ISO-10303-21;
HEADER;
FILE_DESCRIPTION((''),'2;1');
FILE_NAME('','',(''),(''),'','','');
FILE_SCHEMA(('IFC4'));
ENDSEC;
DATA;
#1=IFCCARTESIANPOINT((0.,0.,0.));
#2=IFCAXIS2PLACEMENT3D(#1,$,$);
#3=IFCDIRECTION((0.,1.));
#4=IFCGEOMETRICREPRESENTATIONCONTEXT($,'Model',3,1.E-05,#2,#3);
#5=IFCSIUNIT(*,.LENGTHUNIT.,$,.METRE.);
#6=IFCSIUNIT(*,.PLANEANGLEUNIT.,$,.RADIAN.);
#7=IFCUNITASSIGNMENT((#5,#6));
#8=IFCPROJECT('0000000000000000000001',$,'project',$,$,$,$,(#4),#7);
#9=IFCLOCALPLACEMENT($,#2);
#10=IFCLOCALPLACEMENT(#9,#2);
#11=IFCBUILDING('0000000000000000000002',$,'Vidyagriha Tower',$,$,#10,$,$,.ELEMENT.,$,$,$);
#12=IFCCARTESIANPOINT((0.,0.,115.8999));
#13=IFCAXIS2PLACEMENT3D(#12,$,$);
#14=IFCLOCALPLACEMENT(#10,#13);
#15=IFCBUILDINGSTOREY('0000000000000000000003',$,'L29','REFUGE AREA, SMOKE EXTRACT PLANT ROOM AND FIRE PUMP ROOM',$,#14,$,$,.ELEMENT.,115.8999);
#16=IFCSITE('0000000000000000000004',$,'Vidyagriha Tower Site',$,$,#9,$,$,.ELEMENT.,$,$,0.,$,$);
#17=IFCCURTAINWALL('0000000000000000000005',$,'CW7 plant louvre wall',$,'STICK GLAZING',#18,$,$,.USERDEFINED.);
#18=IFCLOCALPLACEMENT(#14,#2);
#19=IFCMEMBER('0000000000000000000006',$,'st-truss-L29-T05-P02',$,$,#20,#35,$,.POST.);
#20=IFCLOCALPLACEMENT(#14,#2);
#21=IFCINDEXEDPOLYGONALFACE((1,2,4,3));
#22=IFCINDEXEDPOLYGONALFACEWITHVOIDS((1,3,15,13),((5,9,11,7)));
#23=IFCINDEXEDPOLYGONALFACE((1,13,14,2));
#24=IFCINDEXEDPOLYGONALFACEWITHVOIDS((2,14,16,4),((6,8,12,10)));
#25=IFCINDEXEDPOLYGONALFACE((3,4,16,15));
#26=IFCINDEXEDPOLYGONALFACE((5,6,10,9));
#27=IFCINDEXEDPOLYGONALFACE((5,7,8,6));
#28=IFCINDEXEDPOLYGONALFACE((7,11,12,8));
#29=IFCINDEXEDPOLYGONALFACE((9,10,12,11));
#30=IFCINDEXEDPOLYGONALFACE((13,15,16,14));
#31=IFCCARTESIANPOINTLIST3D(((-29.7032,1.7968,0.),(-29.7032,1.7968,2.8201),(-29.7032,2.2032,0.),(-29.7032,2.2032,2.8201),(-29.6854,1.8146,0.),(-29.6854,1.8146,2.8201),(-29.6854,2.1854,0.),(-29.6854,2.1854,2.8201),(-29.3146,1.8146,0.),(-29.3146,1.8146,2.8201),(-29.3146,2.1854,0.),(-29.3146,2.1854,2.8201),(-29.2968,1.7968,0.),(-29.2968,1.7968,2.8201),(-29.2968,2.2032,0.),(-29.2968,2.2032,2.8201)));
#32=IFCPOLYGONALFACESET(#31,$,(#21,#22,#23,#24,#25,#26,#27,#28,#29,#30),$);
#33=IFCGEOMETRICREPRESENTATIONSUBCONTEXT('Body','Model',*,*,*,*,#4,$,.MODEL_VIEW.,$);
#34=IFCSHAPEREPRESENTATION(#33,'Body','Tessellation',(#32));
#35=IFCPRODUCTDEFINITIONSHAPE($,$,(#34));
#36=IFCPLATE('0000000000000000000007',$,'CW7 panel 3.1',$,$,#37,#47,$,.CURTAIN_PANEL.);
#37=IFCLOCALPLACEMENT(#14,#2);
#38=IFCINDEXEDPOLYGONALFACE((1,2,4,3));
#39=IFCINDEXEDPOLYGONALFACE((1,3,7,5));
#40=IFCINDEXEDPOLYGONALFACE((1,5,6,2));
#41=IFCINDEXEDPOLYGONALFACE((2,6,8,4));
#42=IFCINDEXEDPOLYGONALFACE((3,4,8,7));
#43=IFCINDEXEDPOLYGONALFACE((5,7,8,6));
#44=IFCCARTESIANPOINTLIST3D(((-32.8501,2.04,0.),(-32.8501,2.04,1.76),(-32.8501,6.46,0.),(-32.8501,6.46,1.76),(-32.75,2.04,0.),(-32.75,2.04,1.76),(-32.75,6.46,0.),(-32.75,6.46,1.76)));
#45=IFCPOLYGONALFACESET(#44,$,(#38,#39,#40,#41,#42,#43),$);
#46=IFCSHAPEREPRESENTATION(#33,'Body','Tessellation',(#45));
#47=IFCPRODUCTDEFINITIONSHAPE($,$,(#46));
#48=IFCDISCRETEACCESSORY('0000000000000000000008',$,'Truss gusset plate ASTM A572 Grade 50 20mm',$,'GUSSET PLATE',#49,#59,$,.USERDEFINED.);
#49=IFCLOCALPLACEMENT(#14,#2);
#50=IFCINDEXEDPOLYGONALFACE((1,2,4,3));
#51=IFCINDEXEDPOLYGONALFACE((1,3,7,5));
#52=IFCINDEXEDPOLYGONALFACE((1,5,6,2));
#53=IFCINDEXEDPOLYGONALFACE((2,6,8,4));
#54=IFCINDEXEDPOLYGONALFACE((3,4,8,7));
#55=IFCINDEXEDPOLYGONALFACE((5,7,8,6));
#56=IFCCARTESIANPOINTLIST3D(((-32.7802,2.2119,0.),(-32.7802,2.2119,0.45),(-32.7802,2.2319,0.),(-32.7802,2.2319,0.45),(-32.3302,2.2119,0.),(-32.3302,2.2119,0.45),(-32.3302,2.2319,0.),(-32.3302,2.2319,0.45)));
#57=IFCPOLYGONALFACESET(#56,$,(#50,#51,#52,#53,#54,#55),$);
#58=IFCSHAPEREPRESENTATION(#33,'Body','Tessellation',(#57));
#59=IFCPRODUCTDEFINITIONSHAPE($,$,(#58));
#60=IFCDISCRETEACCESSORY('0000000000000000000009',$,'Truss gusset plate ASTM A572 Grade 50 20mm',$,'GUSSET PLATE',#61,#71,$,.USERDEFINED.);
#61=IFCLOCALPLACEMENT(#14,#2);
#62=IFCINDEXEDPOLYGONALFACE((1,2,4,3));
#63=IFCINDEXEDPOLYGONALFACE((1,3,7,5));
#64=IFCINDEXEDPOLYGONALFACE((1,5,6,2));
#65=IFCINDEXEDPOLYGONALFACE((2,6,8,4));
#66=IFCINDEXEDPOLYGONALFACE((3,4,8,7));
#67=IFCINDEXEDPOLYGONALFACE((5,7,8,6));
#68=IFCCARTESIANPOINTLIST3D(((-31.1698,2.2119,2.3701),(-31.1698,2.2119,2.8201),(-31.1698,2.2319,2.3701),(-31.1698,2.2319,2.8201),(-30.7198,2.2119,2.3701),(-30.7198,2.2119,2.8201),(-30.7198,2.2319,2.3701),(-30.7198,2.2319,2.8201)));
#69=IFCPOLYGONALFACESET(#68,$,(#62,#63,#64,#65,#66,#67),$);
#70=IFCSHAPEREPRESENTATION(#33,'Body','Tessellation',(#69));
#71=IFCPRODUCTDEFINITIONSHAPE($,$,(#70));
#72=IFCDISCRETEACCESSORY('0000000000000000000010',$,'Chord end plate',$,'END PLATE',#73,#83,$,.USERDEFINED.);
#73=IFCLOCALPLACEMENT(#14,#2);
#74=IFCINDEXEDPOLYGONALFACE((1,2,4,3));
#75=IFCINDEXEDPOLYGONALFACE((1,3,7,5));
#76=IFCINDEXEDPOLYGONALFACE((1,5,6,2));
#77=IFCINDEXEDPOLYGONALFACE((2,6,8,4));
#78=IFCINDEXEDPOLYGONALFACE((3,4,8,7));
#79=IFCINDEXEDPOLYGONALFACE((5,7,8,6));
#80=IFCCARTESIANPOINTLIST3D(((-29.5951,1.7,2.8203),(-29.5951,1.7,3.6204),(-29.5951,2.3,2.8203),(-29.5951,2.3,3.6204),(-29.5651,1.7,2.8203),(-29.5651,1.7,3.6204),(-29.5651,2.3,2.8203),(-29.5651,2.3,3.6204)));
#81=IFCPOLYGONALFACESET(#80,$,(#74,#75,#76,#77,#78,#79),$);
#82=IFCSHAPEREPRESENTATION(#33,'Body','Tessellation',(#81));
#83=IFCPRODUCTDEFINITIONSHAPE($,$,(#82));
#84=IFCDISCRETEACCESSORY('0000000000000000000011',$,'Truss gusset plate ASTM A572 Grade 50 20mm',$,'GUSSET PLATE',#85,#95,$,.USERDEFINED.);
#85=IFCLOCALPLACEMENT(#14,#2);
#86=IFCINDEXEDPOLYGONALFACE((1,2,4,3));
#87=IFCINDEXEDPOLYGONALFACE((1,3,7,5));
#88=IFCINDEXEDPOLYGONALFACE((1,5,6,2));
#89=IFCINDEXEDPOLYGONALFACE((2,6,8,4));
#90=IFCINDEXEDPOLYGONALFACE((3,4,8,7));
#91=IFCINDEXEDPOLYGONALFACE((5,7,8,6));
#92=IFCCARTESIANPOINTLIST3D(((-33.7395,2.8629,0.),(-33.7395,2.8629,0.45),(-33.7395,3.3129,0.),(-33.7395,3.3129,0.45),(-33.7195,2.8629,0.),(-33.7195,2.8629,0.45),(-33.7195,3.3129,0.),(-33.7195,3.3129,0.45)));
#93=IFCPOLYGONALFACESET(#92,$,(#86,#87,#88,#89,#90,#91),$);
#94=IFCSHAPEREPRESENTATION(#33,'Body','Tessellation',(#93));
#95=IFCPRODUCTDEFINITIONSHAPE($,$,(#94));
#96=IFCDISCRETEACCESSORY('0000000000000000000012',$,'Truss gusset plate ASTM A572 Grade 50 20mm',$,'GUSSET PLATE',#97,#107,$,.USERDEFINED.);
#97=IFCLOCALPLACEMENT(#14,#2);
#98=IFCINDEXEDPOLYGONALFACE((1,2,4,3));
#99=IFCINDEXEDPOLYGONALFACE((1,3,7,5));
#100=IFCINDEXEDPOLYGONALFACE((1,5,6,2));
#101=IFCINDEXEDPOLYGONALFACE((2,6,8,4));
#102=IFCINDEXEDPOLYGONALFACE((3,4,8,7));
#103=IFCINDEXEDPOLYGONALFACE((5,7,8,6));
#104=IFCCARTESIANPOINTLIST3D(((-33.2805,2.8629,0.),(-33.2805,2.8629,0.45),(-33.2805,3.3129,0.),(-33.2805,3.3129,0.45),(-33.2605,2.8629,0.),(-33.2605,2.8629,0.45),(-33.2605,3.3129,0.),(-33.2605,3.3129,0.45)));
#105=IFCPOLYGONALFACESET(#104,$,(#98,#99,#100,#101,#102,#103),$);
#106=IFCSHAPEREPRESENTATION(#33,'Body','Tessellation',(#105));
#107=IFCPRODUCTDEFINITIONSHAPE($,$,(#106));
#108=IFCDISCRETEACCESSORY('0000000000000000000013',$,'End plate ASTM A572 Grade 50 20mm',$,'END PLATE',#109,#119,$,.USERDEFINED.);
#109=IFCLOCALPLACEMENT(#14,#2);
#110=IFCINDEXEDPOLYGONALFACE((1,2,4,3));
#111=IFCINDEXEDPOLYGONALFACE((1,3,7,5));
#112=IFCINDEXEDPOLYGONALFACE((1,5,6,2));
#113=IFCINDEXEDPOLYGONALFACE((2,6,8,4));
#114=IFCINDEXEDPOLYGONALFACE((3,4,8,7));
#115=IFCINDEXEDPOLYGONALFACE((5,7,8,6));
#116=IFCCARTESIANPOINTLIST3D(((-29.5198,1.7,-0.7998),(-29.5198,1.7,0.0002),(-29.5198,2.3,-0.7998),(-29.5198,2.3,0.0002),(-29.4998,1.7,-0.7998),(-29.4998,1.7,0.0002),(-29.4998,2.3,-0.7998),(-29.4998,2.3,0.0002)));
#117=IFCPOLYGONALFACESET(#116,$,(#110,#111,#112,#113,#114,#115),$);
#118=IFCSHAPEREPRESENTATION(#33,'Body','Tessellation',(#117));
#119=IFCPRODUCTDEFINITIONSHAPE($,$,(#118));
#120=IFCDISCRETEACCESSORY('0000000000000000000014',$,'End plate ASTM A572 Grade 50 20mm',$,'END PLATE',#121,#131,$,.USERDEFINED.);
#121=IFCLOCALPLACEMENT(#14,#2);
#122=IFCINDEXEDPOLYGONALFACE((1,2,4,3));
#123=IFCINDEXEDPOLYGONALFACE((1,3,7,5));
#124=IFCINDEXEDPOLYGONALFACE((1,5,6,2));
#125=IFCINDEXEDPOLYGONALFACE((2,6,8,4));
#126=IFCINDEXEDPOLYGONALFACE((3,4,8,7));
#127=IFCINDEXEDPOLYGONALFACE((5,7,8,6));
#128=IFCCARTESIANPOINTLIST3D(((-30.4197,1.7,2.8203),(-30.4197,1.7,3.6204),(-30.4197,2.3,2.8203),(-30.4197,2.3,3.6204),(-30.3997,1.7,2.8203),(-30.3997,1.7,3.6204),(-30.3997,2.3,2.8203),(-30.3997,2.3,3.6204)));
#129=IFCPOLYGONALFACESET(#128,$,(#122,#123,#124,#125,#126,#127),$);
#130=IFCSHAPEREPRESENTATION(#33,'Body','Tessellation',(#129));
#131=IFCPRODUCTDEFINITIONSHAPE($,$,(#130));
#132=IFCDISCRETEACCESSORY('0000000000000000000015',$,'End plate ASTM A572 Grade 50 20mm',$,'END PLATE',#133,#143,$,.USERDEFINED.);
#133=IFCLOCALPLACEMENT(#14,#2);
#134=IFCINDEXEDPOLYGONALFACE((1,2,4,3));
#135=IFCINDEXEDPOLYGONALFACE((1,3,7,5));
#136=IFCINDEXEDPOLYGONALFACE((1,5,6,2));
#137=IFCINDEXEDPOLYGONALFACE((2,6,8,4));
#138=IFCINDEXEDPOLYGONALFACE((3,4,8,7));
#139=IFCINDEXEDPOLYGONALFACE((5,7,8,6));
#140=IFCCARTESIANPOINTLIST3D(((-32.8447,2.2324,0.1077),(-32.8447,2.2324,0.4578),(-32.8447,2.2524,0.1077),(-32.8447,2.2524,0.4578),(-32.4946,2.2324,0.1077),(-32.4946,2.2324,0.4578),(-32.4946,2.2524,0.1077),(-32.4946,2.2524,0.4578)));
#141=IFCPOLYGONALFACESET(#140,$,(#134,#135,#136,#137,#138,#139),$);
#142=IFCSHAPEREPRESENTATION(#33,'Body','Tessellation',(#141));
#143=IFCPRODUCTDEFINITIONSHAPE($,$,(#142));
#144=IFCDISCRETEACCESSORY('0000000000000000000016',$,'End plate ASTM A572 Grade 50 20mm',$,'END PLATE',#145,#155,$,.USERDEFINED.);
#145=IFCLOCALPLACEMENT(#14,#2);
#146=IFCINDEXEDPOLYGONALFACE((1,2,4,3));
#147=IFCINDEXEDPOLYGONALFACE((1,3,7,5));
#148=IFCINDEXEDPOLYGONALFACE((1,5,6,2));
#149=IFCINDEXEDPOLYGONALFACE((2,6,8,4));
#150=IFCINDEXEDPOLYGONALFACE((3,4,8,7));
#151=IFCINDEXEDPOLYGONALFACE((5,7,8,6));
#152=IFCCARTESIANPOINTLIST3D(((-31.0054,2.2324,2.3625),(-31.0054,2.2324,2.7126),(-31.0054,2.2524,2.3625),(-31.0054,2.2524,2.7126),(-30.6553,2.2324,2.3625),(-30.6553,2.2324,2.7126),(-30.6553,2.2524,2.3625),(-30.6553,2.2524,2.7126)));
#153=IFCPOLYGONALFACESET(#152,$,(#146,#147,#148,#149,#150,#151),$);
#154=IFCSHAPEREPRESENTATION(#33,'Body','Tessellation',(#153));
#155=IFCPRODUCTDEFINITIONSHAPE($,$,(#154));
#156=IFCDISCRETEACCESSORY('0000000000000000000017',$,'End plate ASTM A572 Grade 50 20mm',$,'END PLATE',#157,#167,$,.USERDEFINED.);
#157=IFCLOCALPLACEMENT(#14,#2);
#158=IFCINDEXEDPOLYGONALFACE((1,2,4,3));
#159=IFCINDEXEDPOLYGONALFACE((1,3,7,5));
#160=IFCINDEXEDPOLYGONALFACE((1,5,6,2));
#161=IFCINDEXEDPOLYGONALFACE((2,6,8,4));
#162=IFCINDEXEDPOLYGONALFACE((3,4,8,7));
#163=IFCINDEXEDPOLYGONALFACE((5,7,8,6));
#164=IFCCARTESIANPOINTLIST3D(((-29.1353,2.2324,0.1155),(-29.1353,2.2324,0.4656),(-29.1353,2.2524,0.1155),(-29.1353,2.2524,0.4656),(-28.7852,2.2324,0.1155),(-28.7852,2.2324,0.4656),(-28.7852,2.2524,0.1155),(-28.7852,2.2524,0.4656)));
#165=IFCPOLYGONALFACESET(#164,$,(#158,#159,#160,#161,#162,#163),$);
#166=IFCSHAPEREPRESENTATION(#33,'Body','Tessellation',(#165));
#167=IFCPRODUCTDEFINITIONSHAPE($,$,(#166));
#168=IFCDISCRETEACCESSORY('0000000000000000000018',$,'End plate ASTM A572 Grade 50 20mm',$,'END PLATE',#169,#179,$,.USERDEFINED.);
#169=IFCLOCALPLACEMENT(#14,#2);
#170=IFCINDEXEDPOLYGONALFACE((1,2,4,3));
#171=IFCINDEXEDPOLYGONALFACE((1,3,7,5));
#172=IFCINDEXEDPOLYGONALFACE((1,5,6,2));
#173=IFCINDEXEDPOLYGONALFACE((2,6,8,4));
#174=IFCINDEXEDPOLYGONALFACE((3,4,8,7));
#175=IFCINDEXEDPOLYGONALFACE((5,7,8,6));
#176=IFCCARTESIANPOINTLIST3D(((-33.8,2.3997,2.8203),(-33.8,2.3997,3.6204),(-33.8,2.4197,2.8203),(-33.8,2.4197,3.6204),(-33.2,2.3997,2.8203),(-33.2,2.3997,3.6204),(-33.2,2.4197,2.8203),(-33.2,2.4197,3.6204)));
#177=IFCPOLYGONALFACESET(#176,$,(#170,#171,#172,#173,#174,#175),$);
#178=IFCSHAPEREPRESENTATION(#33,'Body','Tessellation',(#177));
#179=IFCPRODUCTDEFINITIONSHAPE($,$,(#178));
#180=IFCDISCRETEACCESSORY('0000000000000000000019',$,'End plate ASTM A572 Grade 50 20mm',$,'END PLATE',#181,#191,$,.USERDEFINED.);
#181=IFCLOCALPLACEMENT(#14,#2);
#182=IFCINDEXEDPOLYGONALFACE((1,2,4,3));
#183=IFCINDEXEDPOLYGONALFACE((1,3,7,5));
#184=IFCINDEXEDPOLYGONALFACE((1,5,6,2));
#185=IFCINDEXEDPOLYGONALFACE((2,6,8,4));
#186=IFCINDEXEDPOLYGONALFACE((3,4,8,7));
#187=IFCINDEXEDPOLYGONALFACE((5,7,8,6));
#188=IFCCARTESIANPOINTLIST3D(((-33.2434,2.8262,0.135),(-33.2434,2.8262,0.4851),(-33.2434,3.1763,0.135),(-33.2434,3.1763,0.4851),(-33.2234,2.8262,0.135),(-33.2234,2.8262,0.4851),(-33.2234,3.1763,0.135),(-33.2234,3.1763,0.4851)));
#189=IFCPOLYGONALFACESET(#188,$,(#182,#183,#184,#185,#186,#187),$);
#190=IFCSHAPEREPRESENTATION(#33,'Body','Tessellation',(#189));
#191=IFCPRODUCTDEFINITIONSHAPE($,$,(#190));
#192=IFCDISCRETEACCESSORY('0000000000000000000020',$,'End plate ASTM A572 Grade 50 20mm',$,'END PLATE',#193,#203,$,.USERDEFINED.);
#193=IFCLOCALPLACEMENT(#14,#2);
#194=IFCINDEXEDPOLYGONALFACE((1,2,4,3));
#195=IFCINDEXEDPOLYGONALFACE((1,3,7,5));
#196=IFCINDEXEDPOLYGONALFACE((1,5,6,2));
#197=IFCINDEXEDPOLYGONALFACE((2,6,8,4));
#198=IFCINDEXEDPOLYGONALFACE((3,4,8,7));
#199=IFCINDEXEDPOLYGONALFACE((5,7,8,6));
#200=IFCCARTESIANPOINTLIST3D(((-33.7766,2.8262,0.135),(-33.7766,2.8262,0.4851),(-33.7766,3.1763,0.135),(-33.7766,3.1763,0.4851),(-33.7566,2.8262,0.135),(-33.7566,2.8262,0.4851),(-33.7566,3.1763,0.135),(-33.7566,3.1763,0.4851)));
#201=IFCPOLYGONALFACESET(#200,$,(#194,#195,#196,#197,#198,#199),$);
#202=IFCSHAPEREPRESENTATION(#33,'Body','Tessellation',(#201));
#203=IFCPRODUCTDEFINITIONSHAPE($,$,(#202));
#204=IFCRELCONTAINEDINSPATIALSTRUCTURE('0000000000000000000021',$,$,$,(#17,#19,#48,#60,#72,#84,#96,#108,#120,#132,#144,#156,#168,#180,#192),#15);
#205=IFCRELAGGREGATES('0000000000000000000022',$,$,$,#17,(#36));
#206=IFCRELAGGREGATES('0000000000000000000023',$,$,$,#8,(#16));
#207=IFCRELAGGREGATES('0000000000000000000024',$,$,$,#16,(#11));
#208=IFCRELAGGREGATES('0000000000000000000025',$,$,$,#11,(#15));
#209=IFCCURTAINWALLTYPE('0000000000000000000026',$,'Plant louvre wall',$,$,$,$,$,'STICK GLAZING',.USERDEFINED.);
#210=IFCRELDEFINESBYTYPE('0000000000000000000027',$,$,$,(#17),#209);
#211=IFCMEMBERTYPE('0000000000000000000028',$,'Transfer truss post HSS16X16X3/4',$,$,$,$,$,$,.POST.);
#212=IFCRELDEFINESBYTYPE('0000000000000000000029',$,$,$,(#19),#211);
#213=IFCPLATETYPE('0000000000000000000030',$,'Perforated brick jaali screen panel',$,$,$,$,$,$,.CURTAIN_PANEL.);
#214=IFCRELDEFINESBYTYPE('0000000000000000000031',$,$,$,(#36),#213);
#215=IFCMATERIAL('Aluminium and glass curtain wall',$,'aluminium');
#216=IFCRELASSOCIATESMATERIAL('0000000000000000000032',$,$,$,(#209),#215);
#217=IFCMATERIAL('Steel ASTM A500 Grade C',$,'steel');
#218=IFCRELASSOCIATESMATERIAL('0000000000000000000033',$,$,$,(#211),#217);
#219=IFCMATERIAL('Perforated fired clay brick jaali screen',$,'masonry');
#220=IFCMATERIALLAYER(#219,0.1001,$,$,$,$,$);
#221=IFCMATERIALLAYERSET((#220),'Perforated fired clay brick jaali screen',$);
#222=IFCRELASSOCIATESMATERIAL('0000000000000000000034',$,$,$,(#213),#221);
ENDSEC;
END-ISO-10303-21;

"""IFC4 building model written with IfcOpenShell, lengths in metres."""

from ifc_helpers import new_model, si_unit, direction, frame, origin, origin_2d, place, context, subcontext, project, spatial, rectangle, hollow_rectangle, extrude, material, layer, layer_set, material_profile, profile_set, type_object, element, aggregate, save


model = new_model("IFC4")

# Units and contexts
model_context = context("Model", 3, precision=1e-05, world=origin(), true_north=direction((0.0, 1.0)))
body_context = subcontext(model_context, "Body", "Model", "MODEL_VIEW")
ifc_project = project(units=[si_unit("LENGTHUNIT", "METRE"), si_unit("PLANEANGLEUNIT", "RADIAN")], contexts=[model_context])

# Site, building, storey
site_placement = place(None, origin())
site = spatial("IfcSite", under=ifc_project, at=site_placement, Name="Vidyagriha Tower Site", CompositionType="ELEMENT", RefElevation=0.0)
building_placement = place(site_placement, origin())
building = spatial("IfcBuilding", under=site, at=building_placement, Name="Vidyagriha Tower", CompositionType="ELEMENT")
storey_placement = place(building_placement, frame((0.0, 0.0, 115.8999)))
storey = spatial("IfcBuildingStorey", under=building, at=storey_placement, Name="L29", Description="REFUGE AREA, SMOKE EXTRACT PLANT ROOM AND FIRE PUMP ROOM", CompositionType="ELEMENT", Elevation=115.8999)

# Curtain wall
ifc_material_1 = material(Name="Aluminium and glass curtain wall", Category="aluminium")
curtain_wall_type = type_object("IfcCurtainWallType", Name="Plant louvre wall", ElementType="STICK GLAZING", PredefinedType="USERDEFINED", material=ifc_material_1)
curtain_wall_placement = place(storey_placement, origin())
curtain_wall = element("IfcCurtainWall", 1, at=curtain_wall_placement, inside=storey, type_object=curtain_wall_type, Name="CW7 plant louvre wall", ObjectType="STICK GLAZING", PredefinedType="USERDEFINED")

# Member
ifc_material_2 = material(Name="Steel ASTM A500 Grade C", Category="steel")
ifc_material_profile_1 = material_profile(ifc_material_2, hollow_rectangle(XDim=0.4065, YDim=0.4065, WallThickness=0.0178, at=origin_2d()), Name="HSS16X16X3/4")
ifc_profile_set_1 = profile_set([ifc_material_profile_1], Name="Steel ASTM A500 Grade C")
member_type_1 = type_object("IfcMemberType", Name="Transfer truss post HSS16X16X3/4", PredefinedType="POST", material=ifc_profile_set_1)
member_1_placement = place(storey_placement, frame((-29.5, 2.0, 0.0)))
element("IfcMember", 2, at=member_1_placement, inside=storey, type_object=member_type_1, Name="st-truss-L29-T05-P02", PredefinedType="POST", context=body_context, shape_type="SweptSolid", body=[
    extrude(hollow_rectangle(XDim=0.4065, YDim=0.4065, WallThickness=0.0178, at=origin_2d()), origin(), (0.0, 0.0, 1.0), 2.8201),
])

# Plate
ifc_material_3 = material(Name="Perforated fired clay brick jaali screen", Category="masonry")
ifc_layer = layer(ifc_material_3, 0.1001)
ifc_layer_set = layer_set([ifc_layer], Name="Perforated fired clay brick jaali screen")
plate_type = type_object("IfcPlateType", Name="Perforated brick jaali screen panel", PredefinedType="CURTAIN_PANEL", material=ifc_layer_set)
plate_placement = place(storey_placement, frame((-32.8, 4.25, 0.0), z_axis=(0.0, 0.0, 1.0), x_axis=(0.0, -1.0, 0.0)))
plate = element("IfcPlate", 3, at=plate_placement, type_object=plate_type, Name="CW7 panel 3.1", PredefinedType="CURTAIN_PANEL", context=body_context, shape_type="SweptSolid", body=[
    extrude(rectangle(XDim=4.4199, YDim=0.1001, at=origin_2d()), origin(), (0.0, 0.0, 1.0), 1.76),
])
aggregate(curtain_wall, [plate])

# Discrete accessories
for number, where, name in (
    (4, (-32.5552, 2.2219, 0.0), "Truss gusset plate ASTM A572 Grade 50 20mm"),
    (5, (-30.9448, 2.2219, 2.3701), "Truss gusset plate ASTM A572 Grade 50 20mm"),
):
    element("IfcDiscreteAccessory", number, at=place(storey_placement, frame(where)), inside=storey, Name=name, ObjectType="GUSSET PLATE", PredefinedType="USERDEFINED", context=body_context, shape_type="SweptSolid", body=[
        extrude(rectangle(XDim=0.45, YDim=0.02, at=origin_2d()), origin(), (0.0, 0.0, 1.0), 0.45),
    ])
discrete_accessory_1_placement = place(storey_placement, frame((-29.5801, 2.0, 2.8203), z_axis=(0.0, 0.0, 1.0), x_axis=(-1.0, 0.0, 0.0)))
element("IfcDiscreteAccessory", 6, at=discrete_accessory_1_placement, inside=storey, Name="Chord end plate", ObjectType="END PLATE", PredefinedType="USERDEFINED", context=body_context, shape_type="SweptSolid", body=[
    extrude(rectangle(XDim=0.03, YDim=0.6001, at=origin_2d()), origin(), (0.0, 0.0, 1.0), 0.8),
])
for number, where, z_axis, x_axis, name in (
    (7, (-33.7295, 3.0879, 0.0), (0.0, 0.0, 1.0), (0.0, 1.0, 0.0), "Truss gusset plate ASTM A572 Grade 50 20mm"),
    (8, (-33.2705, 3.0879, 0.0), (0.0, 0.0, 1.0), (0.0, 1.0, 0.0), "Truss gusset plate ASTM A572 Grade 50 20mm"),
):
    element("IfcDiscreteAccessory", number, at=place(storey_placement, frame(where, z_axis=z_axis, x_axis=x_axis)), inside=storey, Name=name, ObjectType="GUSSET PLATE", PredefinedType="USERDEFINED", context=body_context, shape_type="SweptSolid", body=[
        extrude(rectangle(XDim=0.45, YDim=0.02, at=origin_2d()), origin(), (0.0, 0.0, 1.0), 0.45),
    ])
for number, where, name in (
    (9, (-29.5098, 2.0, -0.7998), "End plate ASTM A572 Grade 50 20mm"),
    (10, (-30.4097, 2.0, 2.8203), "End plate ASTM A572 Grade 50 20mm"),
):
    element("IfcDiscreteAccessory", number, at=place(storey_placement, frame(where)), inside=storey, Name=name, ObjectType="END PLATE", PredefinedType="USERDEFINED", context=body_context, shape_type="SweptSolid", body=[
        extrude(rectangle(XDim=0.02, YDim=0.6001, at=origin_2d()), origin(), (0.0, 0.0, 1.0), 0.8),
    ])
discrete_accessory_2_placement = place(storey_placement, frame((-32.6697, 2.2424, 0.1077), z_axis=(0.0, 0.0, 1.0), x_axis=(-1.0, 0.0, 0.0)))
element("IfcDiscreteAccessory", 11, at=discrete_accessory_2_placement, inside=storey, Name="End plate ASTM A572 Grade 50 20mm", ObjectType="END PLATE", PredefinedType="USERDEFINED", context=body_context, shape_type="SweptSolid", body=[
    extrude(rectangle(XDim=0.3501, YDim=0.02, at=origin_2d()), origin(), (0.0, 0.0, 1.0), 0.3501),
])
discrete_accessory_3_placement = place(storey_placement, frame((-30.8303, 2.2424, 2.3625)))
element("IfcDiscreteAccessory", 12, at=discrete_accessory_3_placement, inside=storey, Name="End plate ASTM A572 Grade 50 20mm", ObjectType="END PLATE", PredefinedType="USERDEFINED", context=body_context, shape_type="SweptSolid", body=[
    extrude(rectangle(XDim=0.3501, YDim=0.02, at=origin_2d()), origin(), (0.0, 0.0, 1.0), 0.3501),
])
discrete_accessory_4_placement = place(storey_placement, frame((-28.9602, 2.2424, 0.1155), z_axis=(0.0, 0.0, 1.0), x_axis=(-1.0, 0.0, 0.0)))
element("IfcDiscreteAccessory", 13, at=discrete_accessory_4_placement, inside=storey, Name="End plate ASTM A572 Grade 50 20mm", ObjectType="END PLATE", PredefinedType="USERDEFINED", context=body_context, shape_type="SweptSolid", body=[
    extrude(rectangle(XDim=0.3501, YDim=0.02, at=origin_2d()), origin(), (0.0, 0.0, 1.0), 0.3501),
])
discrete_accessory_5_placement = place(storey_placement, frame((-33.5, 2.4097, 2.8203), z_axis=(0.0, 0.0, 1.0), x_axis=(0.0, -1.0, 0.0)))
element("IfcDiscreteAccessory", 14, at=discrete_accessory_5_placement, inside=storey, Name="End plate ASTM A572 Grade 50 20mm", ObjectType="END PLATE", PredefinedType="USERDEFINED", context=body_context, shape_type="SweptSolid", body=[
    extrude(rectangle(XDim=0.02, YDim=0.6001, at=origin_2d()), origin(), (0.0, 0.0, 1.0), 0.8),
])
for number, where, z_axis, x_axis, name in (
    (15, (-33.2334, 3.0012, 0.135), (0.0, 0.0, 1.0), (0.0, -1.0, 0.0), "End plate ASTM A572 Grade 50 20mm"),
    (16, (-33.7666, 3.0012, 0.135), (0.0, 0.0, 1.0), (0.0, -1.0, 0.0), "End plate ASTM A572 Grade 50 20mm"),
):
    element("IfcDiscreteAccessory", number, at=place(storey_placement, frame(where, z_axis=z_axis, x_axis=x_axis)), inside=storey, Name=name, ObjectType="END PLATE", PredefinedType="USERDEFINED", context=body_context, shape_type="SweptSolid", body=[
        extrude(rectangle(XDim=0.3501, YDim=0.02, at=origin_2d()), origin(), (0.0, 0.0, 1.0), 0.3501),
    ])

save(model, "model.ifc")
